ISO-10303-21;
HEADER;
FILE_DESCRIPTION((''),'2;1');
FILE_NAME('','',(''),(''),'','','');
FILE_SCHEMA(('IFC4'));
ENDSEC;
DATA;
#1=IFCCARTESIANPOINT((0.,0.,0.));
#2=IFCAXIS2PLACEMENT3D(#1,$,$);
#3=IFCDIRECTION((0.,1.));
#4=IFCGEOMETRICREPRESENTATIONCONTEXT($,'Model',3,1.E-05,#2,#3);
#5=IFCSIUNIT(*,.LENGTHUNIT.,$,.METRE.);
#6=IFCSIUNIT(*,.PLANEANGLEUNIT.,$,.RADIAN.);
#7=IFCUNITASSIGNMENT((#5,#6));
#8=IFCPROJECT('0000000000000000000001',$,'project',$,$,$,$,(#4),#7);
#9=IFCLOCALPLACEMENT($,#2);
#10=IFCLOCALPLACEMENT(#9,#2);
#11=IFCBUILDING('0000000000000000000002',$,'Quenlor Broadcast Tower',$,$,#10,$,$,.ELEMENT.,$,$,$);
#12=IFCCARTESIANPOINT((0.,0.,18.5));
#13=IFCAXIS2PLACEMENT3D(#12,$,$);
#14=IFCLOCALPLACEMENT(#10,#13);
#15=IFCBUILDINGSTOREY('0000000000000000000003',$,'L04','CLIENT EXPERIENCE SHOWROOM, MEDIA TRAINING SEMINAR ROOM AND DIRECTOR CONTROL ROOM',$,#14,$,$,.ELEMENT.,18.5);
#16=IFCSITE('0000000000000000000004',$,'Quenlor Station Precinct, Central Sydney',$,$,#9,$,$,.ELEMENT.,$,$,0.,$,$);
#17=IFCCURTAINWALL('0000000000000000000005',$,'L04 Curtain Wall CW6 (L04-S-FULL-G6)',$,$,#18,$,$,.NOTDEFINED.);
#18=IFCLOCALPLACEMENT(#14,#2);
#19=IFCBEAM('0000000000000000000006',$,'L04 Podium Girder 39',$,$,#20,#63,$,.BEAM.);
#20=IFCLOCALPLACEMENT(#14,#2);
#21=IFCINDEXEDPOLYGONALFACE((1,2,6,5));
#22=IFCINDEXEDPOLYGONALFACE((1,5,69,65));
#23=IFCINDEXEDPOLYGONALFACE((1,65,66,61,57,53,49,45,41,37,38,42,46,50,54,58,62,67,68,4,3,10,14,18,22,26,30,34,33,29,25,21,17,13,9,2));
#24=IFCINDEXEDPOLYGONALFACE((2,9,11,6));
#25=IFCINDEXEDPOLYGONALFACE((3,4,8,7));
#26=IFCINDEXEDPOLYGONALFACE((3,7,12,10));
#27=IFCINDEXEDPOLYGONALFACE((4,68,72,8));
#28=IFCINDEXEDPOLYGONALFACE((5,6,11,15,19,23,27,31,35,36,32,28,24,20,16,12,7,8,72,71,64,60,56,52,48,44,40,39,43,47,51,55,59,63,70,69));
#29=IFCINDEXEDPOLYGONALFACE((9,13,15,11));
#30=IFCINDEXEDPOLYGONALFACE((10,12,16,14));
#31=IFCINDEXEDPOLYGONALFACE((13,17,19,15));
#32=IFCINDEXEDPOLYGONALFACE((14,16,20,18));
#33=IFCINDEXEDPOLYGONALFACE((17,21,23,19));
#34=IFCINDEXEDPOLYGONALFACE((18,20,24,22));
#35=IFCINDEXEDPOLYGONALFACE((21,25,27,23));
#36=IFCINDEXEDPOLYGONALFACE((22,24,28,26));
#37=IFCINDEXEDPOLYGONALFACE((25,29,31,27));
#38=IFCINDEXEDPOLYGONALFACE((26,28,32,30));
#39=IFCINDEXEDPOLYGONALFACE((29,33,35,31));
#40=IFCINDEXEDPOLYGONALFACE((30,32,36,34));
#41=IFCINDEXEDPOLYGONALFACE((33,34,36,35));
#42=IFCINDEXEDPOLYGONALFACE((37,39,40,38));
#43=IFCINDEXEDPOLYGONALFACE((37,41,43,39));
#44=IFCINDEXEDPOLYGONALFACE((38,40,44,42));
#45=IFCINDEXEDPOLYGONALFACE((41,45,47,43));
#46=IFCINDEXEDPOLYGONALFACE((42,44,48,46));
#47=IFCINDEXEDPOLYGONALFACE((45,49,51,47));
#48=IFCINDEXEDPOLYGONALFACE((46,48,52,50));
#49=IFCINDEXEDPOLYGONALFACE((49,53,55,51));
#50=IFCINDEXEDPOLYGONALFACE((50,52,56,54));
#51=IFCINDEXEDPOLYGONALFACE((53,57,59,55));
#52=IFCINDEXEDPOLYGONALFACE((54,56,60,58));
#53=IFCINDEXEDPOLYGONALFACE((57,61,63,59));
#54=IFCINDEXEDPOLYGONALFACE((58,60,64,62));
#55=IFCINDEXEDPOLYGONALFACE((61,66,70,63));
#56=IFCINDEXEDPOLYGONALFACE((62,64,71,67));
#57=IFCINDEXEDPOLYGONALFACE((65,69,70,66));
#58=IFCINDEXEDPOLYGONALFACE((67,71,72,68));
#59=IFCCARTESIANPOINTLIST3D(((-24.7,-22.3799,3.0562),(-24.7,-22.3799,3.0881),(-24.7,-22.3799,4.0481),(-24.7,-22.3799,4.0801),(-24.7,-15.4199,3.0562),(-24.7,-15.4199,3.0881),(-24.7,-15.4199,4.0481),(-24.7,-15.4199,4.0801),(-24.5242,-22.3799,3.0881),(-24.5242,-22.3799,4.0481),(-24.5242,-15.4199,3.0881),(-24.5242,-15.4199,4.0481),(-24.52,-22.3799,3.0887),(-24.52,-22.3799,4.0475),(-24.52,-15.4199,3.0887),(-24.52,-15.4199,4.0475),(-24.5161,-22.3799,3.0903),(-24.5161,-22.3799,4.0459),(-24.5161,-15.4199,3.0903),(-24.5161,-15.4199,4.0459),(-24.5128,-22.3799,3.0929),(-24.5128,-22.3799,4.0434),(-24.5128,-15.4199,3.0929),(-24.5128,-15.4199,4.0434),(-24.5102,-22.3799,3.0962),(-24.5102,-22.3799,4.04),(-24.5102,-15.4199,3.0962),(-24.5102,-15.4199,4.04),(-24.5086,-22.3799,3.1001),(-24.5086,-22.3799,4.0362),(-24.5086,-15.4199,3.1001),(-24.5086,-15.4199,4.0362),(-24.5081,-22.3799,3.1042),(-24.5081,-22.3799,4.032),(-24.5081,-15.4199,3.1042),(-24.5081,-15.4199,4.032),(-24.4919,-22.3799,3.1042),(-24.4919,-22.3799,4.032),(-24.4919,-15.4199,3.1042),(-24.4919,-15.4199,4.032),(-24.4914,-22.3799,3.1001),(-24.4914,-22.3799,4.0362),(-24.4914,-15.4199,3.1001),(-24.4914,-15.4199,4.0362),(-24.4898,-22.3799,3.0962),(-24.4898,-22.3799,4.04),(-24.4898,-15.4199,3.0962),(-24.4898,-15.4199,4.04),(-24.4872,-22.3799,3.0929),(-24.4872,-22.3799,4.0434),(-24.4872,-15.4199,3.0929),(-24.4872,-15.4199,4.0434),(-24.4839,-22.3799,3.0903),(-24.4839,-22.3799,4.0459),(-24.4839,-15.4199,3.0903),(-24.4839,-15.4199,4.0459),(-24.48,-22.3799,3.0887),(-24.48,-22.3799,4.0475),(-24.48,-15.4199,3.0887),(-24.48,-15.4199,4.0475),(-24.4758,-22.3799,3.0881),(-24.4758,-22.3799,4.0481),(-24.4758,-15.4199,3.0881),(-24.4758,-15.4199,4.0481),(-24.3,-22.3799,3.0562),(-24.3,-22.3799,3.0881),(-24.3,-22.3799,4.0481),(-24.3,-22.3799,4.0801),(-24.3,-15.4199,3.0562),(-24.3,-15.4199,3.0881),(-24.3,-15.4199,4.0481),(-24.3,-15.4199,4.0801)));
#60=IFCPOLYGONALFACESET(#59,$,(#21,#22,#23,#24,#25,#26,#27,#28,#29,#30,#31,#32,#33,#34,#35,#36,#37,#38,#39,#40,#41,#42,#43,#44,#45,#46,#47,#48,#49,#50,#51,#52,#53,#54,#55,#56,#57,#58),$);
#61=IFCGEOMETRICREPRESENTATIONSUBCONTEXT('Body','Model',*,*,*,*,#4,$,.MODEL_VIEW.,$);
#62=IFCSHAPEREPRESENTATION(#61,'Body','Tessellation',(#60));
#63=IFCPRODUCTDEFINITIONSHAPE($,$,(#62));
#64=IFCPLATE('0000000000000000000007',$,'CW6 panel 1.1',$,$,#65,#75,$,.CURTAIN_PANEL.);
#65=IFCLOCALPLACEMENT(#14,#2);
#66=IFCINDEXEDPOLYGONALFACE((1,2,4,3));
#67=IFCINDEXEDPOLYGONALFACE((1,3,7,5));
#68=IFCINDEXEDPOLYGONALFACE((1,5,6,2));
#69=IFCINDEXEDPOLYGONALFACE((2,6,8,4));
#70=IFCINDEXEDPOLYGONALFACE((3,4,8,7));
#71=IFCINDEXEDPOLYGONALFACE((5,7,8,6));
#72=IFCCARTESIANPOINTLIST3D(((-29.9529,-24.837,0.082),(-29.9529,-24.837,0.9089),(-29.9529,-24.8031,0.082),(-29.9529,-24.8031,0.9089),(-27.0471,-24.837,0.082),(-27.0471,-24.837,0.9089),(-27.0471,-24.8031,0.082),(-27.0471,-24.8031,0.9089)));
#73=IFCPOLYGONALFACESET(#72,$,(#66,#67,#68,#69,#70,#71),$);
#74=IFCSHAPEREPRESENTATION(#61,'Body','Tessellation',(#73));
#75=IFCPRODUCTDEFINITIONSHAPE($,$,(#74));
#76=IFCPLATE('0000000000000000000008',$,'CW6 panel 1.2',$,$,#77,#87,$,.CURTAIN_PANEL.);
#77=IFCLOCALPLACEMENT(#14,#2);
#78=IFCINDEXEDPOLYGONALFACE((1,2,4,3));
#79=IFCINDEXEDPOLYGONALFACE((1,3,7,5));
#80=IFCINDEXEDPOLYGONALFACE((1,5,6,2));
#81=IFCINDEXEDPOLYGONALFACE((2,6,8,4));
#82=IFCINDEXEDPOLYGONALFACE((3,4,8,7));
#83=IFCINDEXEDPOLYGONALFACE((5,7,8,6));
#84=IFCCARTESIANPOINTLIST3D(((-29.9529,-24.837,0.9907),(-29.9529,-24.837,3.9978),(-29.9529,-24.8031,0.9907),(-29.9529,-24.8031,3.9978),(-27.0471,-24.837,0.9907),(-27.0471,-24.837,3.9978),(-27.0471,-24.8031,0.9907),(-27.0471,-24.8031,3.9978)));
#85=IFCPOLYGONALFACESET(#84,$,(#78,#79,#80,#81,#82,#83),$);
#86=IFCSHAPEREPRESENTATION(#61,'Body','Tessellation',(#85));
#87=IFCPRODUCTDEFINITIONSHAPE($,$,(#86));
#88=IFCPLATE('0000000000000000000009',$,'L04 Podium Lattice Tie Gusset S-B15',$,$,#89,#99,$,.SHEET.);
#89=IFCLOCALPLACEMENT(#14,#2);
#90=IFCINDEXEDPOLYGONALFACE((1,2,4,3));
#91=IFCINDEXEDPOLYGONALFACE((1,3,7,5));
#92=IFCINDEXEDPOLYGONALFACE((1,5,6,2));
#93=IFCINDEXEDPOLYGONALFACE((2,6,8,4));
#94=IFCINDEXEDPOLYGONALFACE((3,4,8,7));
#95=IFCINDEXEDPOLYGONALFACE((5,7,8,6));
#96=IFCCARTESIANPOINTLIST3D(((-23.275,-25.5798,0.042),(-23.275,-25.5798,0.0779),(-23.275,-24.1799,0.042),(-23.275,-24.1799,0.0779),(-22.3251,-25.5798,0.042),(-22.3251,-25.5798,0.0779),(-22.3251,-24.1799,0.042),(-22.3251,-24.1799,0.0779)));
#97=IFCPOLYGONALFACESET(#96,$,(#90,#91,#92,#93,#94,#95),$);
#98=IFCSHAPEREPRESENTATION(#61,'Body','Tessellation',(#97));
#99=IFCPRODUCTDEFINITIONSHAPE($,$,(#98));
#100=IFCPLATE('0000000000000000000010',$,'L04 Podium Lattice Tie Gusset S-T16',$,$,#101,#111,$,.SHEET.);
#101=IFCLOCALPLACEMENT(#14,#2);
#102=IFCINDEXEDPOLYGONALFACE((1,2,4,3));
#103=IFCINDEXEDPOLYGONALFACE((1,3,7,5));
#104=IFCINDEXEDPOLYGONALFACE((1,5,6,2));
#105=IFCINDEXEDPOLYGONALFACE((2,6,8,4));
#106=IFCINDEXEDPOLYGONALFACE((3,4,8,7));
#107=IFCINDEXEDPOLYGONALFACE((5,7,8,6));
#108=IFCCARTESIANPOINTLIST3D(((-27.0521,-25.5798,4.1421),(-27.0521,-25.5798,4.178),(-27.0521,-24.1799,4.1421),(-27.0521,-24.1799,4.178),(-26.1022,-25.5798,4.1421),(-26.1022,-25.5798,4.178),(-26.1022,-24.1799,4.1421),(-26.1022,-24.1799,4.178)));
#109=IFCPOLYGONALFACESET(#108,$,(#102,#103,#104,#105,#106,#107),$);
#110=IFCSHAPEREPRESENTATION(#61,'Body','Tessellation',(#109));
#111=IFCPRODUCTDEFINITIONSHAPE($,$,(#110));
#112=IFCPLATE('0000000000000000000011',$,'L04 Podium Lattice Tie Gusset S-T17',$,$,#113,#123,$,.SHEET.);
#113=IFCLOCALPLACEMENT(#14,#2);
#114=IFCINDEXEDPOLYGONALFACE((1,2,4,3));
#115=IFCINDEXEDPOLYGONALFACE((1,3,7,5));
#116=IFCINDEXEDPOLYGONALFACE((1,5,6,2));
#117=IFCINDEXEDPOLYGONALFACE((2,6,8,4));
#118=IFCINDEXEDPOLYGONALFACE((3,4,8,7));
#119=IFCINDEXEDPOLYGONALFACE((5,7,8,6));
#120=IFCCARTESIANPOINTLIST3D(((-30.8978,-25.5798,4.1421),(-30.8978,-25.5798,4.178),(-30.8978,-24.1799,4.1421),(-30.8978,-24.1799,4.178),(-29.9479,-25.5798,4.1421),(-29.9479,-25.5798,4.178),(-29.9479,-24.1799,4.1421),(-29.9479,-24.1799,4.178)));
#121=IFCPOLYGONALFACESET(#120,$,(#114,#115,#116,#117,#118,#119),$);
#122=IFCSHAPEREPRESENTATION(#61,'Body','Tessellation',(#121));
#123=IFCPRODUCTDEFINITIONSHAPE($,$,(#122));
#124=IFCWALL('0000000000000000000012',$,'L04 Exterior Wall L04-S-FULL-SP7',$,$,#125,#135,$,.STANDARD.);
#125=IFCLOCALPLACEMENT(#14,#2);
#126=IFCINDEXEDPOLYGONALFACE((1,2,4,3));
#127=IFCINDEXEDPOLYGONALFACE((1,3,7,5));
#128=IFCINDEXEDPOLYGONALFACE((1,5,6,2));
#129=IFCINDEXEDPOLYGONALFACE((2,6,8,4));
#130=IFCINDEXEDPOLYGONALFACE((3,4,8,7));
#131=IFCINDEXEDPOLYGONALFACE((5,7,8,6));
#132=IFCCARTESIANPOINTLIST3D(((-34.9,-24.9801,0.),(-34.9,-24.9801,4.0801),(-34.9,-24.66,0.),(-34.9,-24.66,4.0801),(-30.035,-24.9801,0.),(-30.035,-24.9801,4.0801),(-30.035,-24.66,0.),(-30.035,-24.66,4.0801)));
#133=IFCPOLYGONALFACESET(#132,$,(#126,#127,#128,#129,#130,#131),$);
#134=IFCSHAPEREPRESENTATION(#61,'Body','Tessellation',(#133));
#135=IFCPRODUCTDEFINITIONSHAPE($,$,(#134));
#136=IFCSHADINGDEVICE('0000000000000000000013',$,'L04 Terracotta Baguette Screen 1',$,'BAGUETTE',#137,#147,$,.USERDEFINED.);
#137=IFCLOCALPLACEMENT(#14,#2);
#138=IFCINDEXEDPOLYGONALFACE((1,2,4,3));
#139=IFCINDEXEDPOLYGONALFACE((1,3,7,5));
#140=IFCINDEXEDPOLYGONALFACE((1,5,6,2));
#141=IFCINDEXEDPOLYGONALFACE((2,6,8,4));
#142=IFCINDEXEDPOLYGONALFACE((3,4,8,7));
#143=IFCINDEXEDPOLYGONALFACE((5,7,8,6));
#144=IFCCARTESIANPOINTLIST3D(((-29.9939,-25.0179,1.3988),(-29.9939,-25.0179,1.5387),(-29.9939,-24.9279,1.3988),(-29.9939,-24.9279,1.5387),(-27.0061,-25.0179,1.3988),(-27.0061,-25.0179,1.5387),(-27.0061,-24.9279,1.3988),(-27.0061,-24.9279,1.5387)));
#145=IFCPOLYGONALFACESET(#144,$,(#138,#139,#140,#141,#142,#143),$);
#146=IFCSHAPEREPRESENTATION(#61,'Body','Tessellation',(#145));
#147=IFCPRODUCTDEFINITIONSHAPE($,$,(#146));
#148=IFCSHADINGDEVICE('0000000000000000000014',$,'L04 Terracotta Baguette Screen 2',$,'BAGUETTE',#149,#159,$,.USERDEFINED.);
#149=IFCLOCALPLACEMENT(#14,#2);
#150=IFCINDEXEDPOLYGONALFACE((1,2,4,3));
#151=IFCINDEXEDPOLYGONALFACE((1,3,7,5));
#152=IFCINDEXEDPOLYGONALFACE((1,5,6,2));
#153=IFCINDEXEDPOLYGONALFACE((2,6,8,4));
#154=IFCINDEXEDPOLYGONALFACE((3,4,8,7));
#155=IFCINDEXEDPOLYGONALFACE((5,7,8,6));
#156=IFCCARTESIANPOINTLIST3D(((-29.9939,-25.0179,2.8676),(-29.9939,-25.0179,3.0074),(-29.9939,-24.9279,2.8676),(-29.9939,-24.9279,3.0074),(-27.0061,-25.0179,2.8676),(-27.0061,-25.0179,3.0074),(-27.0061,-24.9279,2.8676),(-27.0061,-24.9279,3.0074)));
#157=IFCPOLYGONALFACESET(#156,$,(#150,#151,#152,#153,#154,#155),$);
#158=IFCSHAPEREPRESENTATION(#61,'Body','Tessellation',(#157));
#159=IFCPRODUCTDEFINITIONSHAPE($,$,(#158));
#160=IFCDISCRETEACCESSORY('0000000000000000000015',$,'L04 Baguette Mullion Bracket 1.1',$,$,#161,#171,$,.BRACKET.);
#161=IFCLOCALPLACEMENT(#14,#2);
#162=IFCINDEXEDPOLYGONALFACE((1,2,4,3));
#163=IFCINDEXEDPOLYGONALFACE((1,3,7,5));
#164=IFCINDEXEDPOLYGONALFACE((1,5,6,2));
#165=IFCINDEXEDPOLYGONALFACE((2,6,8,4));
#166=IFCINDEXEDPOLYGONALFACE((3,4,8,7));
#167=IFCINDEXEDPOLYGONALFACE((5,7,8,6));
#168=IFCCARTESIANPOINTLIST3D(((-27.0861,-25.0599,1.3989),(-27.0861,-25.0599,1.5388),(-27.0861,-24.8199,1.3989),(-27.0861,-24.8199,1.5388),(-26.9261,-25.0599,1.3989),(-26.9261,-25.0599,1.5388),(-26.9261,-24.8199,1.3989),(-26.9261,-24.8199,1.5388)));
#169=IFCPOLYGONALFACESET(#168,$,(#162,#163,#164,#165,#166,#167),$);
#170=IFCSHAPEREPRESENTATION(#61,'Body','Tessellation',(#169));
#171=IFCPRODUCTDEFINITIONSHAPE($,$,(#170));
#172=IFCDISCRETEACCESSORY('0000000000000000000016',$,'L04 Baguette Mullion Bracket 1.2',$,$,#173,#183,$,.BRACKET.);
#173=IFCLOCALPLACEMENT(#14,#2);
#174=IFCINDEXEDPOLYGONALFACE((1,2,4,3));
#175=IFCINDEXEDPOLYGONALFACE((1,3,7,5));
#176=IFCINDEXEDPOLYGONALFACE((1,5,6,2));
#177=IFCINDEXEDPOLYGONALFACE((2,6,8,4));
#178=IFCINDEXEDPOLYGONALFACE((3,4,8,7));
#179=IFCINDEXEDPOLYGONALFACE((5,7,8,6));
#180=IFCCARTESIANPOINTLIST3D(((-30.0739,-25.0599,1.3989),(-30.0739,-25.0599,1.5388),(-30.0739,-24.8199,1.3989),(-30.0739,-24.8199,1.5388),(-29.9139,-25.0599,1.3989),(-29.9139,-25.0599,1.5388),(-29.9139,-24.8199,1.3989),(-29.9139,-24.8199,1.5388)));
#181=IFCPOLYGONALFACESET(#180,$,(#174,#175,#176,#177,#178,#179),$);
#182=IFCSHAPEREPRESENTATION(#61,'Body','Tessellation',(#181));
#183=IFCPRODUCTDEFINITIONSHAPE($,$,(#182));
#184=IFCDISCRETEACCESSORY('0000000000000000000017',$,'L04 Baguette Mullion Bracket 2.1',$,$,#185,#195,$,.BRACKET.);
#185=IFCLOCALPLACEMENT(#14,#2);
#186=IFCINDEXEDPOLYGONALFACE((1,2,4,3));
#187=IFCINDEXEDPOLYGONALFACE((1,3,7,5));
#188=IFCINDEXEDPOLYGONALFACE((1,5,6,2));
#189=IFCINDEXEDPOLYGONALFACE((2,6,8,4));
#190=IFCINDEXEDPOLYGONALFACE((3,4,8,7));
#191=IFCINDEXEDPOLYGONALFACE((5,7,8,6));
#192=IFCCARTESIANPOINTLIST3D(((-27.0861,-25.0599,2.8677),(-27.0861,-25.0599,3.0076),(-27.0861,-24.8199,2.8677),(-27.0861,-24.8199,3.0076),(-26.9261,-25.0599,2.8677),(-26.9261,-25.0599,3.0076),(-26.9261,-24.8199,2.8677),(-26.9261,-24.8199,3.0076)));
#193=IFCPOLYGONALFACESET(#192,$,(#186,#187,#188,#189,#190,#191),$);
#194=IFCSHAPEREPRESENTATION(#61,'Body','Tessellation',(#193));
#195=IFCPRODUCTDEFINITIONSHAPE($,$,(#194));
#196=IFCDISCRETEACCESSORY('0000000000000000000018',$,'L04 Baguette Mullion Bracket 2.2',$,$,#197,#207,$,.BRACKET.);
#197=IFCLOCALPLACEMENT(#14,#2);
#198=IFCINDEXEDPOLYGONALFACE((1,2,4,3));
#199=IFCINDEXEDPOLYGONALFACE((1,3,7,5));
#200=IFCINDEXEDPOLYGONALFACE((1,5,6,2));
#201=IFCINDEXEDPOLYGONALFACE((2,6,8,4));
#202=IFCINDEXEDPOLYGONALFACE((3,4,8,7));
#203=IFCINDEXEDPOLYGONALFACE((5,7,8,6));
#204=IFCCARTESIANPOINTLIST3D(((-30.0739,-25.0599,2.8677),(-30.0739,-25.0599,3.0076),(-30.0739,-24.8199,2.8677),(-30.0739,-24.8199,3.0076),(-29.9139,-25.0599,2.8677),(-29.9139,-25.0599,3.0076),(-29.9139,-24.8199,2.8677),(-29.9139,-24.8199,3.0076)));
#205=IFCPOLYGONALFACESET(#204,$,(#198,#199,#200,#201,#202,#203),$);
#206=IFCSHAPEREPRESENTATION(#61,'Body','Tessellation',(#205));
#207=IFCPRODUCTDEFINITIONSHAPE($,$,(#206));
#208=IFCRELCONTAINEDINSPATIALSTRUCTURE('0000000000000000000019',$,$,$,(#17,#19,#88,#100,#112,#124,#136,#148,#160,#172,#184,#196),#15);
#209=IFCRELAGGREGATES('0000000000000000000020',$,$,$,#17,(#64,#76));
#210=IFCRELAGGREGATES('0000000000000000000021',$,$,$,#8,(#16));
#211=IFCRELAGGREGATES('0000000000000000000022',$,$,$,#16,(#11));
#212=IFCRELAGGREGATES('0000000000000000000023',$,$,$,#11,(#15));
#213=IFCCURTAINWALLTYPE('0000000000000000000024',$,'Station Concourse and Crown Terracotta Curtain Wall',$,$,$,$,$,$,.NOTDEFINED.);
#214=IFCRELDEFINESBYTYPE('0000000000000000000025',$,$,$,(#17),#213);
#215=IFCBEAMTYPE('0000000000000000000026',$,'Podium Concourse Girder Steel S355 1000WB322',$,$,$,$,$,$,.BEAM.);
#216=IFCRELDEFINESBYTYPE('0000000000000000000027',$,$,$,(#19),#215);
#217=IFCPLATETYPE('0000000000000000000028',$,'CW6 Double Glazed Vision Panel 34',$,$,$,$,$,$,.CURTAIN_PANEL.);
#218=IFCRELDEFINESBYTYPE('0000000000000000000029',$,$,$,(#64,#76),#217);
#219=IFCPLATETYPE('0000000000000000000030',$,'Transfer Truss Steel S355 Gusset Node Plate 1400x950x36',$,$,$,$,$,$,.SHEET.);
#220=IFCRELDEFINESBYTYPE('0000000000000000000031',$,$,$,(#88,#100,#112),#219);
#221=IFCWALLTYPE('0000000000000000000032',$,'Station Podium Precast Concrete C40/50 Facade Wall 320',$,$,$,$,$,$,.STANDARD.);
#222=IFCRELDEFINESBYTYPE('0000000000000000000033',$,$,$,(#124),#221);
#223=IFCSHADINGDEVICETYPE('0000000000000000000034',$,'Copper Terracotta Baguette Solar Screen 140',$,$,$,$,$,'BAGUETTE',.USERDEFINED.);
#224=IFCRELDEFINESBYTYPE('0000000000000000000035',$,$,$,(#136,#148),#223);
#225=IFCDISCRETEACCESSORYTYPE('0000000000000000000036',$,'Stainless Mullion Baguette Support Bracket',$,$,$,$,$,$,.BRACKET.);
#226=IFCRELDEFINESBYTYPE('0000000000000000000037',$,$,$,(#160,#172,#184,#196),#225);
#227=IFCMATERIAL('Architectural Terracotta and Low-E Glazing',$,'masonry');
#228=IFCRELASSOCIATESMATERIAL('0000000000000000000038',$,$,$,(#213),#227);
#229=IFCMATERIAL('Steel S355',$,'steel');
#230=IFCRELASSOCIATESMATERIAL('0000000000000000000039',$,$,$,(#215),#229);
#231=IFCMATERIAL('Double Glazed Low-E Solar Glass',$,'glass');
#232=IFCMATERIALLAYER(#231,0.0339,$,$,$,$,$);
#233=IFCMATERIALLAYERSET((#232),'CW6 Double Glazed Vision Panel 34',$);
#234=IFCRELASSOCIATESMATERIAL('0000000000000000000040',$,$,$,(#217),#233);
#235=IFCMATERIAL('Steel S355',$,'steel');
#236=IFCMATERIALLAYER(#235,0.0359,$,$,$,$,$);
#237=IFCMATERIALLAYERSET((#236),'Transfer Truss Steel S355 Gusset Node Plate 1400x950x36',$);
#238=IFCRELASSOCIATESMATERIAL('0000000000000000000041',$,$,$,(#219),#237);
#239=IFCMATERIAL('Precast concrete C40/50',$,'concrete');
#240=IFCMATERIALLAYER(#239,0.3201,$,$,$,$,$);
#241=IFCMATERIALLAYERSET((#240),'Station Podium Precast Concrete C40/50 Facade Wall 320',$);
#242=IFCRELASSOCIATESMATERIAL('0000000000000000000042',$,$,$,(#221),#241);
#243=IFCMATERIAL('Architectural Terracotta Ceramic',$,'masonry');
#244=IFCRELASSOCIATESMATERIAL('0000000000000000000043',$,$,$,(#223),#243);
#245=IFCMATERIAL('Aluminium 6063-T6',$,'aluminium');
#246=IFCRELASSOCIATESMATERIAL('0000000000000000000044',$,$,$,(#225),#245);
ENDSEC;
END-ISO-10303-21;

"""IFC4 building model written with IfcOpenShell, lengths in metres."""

from ifc_helpers import new_model, si_unit, direction, frame, frame_2d, origin, origin_2d, place, context, subcontext, project, spatial, rectangle, i_section, extrude, material, layer, layer_set, material_profile, profile_set, type_object, element, aggregate, save


model = new_model("IFC4")

# Units and contexts
model_context = context("Model", 3, precision=1e-05, world=origin(), true_north=direction((0.0, 1.0)))
body_context = subcontext(model_context, "Body", "Model", "MODEL_VIEW")
ifc_project = project(units=[si_unit("LENGTHUNIT", "METRE"), si_unit("PLANEANGLEUNIT", "RADIAN")], contexts=[model_context])

# Site, building, storey
site_placement = place(None, origin())
site = spatial("IfcSite", under=ifc_project, at=site_placement, Name="Quenlor Station Precinct, Central Sydney", CompositionType="ELEMENT", RefElevation=0.0)
building_placement = place(site_placement, origin())
building = spatial("IfcBuilding", under=site, at=building_placement, Name="Quenlor Broadcast Tower", CompositionType="ELEMENT")
storey_placement = place(building_placement, frame((0.0, 0.0, 18.5)))
storey = spatial("IfcBuildingStorey", under=building, at=storey_placement, Name="L04", Description="CLIENT EXPERIENCE SHOWROOM, MEDIA TRAINING SEMINAR ROOM AND DIRECTOR CONTROL ROOM", CompositionType="ELEMENT", Elevation=18.5)

# Curtain wall
ifc_material_1 = material(Name="Architectural Terracotta and Low-E Glazing", Category="masonry")
curtain_wall_type = type_object("IfcCurtainWallType", Name="Station Concourse and Crown Terracotta Curtain Wall", PredefinedType="NOTDEFINED", material=ifc_material_1)
curtain_wall_placement = place(storey_placement, origin())
curtain_wall = element("IfcCurtainWall", 1, at=curtain_wall_placement, inside=storey, type_object=curtain_wall_type, Name="L04 Curtain Wall CW6 (L04-S-FULL-G6)", PredefinedType="NOTDEFINED")

# Beam
ifc_material_2 = material(Name="Steel S355", Category="steel")
ifc_material_profile_1 = material_profile(ifc_material_2, i_section(OverallWidth=0.3999, OverallDepth=1.0239, WebThickness=0.0161, FlangeThickness=0.032, FilletRadius=0.0161, at=origin_2d()))
ifc_profile_set_1 = profile_set([ifc_material_profile_1], Name="Steel S355 1000WB322")
beam_type = type_object("IfcBeamType", Name="Podium Concourse Girder Steel S355 1000WB322", PredefinedType="BEAM", material=ifc_profile_set_1)
beam_1_placement = place(storey_placement, frame((-24.5, -22.3799, 3.5681), z_axis=(0.0, 1.0, 0.0), x_axis=(-1.0, 0.0, 0.0)))
element("IfcBeam", 2, at=beam_1_placement, inside=storey, type_object=beam_type, Name="L04 Podium Girder 39", PredefinedType="BEAM", context=body_context, shape_type="SweptSolid", body=[
    extrude(i_section(OverallWidth=0.3999, OverallDepth=1.0239, WebThickness=0.0161, FlangeThickness=0.032, FilletRadius=0.0161, at=origin_2d()), origin(), (0.0, 0.0, 1.0), 6.96),
])

# Plates
ifc_material_3 = material(Name="Double Glazed Low-E Solar Glass", Category="glass")
ifc_layer_1 = layer(ifc_material_3, 0.0339)
ifc_layer_set_1 = layer_set([ifc_layer_1], Name="CW6 Double Glazed Vision Panel 34")
plate_type_1 = type_object("IfcPlateType", Name="CW6 Double Glazed Vision Panel 34", PredefinedType="CURTAIN_PANEL", material=ifc_layer_set_1)
plate_1_placement = place(storey_placement, frame((-28.5, -24.8201, 0.082), z_axis=(0.0, 0.0, 1.0), x_axis=(-1.0, 0.0, 0.0)))
plate_1 = element("IfcPlate", 3, at=plate_1_placement, type_object=plate_type_1, Name="CW6 panel 1.1", PredefinedType="CURTAIN_PANEL", context=body_context, shape_type="SweptSolid", body=[
    extrude(rectangle(XDim=2.9058, YDim=0.0339, at=origin_2d()), origin(), (0.0, 0.0, 1.0), 0.8269),
])
plate_2_placement = place(storey_placement, frame((-28.5, -24.8201, 0.9907), z_axis=(0.0, 0.0, 1.0), x_axis=(-1.0, 0.0, 0.0)))
plate_2 = element("IfcPlate", 4, at=plate_2_placement, type_object=plate_type_1, Name="CW6 panel 1.2", PredefinedType="CURTAIN_PANEL", context=body_context, shape_type="SweptSolid", body=[
    extrude(rectangle(XDim=2.9058, YDim=0.0339, at=origin_2d()), origin(), (0.0, 0.0, 1.0), 3.0071),
])
aggregate(curtain_wall, [plate_1, plate_2])

# Plates
ifc_material_4 = material(Name="Steel S355", Category="steel")
ifc_layer_2 = layer(ifc_material_4, 0.0359)
ifc_layer_set_2 = layer_set([ifc_layer_2], Name="Transfer Truss Steel S355 Gusset Node Plate 1400x950x36")
plate_type_2 = type_object("IfcPlateType", Name="Transfer Truss Steel S355 Gusset Node Plate 1400x950x36", PredefinedType="SHEET", material=ifc_layer_set_2)
for number, where, z_axis, x_axis, name in (
    (5, (-22.8, -24.8799, 0.042), (0.0, 0.0, 1.0), (0.0, -1.0, 0.0), "L04 Podium Lattice Tie Gusset S-B15"),
    (6, (-26.5771, -24.8799, 4.1421), (0.0, 0.0, 1.0), (0.0, -1.0, 0.0), "L04 Podium Lattice Tie Gusset S-T16"),
    (7, (-30.4229, -24.8799, 4.1421), (0.0, 0.0, 1.0), (0.0, -1.0, 0.0), "L04 Podium Lattice Tie Gusset S-T17"),
):
    element("IfcPlate", number, at=place(storey_placement, frame(where, z_axis=z_axis, x_axis=x_axis)), inside=storey, type_object=plate_type_2, Name=name, PredefinedType="SHEET", context=body_context, shape_type="SweptSolid", body=[
        extrude(rectangle(XDim=1.3999, YDim=0.95, at=origin_2d()), origin(), (0.0, 0.0, 1.0), 0.0359),
    ])

# Wall
ifc_material_5 = material(Name="Precast concrete C40/50", Category="concrete")
ifc_layer_3 = layer(ifc_material_5, 0.3201)
ifc_layer_set_3 = layer_set([ifc_layer_3], Name="Station Podium Precast Concrete C40/50 Facade Wall 320")
wall_type = type_object("IfcWallType", Name="Station Podium Precast Concrete C40/50 Facade Wall 320", PredefinedType="STANDARD", material=ifc_layer_set_3)
wall_placement = place(storey_placement, frame((-30.0349, -24.8201, 0.0), z_axis=(0.0, 0.0, 1.0), x_axis=(-1.0, 0.0, 0.0)))
element("IfcWall", 8, at=wall_placement, inside=storey, type_object=wall_type, Name="L04 Exterior Wall L04-S-FULL-SP7", PredefinedType="STANDARD", context=body_context, shape_type="SweptSolid", body=[
    extrude(rectangle(XDim=4.865, YDim=0.3201, at=frame_2d((2.4326, 0.0))), origin(), (0.0, 0.0, 1.0), 4.0801),
])

# Shading devices
ifc_material_6 = material(Name="Architectural Terracotta Ceramic", Category="masonry")
ifc_material_profile_2 = material_profile(ifc_material_6, rectangle(XDim=0.0901, YDim=0.1399, at=origin_2d()))
ifc_profile_set_2 = profile_set([ifc_material_profile_2], Name="Architectural Terracotta Ceramic BAG90x140")
shading_device_type = type_object("IfcShadingDeviceType", Name="Copper Terracotta Baguette Solar Screen 140", ElementType="BAGUETTE", PredefinedType="USERDEFINED", material=ifc_profile_set_2)
for number, where, z_axis, x_axis, name in (
    (9, (-27.0061, -24.9729, 1.4688), (-1.0, 0.0, 0.0), (0.0, -1.0, 0.0), "L04 Terracotta Baguette Screen 1"),
    (10, (-27.0061, -24.9729, 2.9375), (-1.0, 0.0, 0.0), (0.0, -1.0, 0.0), "L04 Terracotta Baguette Screen 2"),
):
    element("IfcShadingDevice", number, at=place(storey_placement, frame(where, z_axis=z_axis, x_axis=x_axis)), inside=storey, type_object=shading_device_type, Name=name, ObjectType="BAGUETTE", PredefinedType="USERDEFINED", context=body_context, shape_type="SweptSolid", body=[
        extrude(rectangle(XDim=0.0901, YDim=0.1399, at=origin_2d()), origin(), (0.0, 0.0, 1.0), 2.9878),
    ])

# Discrete accessories
ifc_material_7 = material(Name="Aluminium 6063-T6", Category="aluminium")
discrete_accessory_type = type_object("IfcDiscreteAccessoryType", Name="Stainless Mullion Baguette Support Bracket", PredefinedType="BRACKET", material=ifc_material_7)
for number, where, z_axis, x_axis, name in (
    (11, (-27.0061, -24.9399, 1.3989), (0.0, 0.0, 1.0), (-1.0, 0.0, 0.0), "L04 Baguette Mullion Bracket 1.1"),
    (12, (-29.9939, -24.9399, 1.3989), (0.0, 0.0, 1.0), (-1.0, 0.0, 0.0), "L04 Baguette Mullion Bracket 1.2"),
    (13, (-27.0061, -24.9399, 2.8677), (0.0, 0.0, 1.0), (-1.0, 0.0, 0.0), "L04 Baguette Mullion Bracket 2.1"),
    (14, (-29.9939, -24.9399, 2.8677), (0.0, 0.0, 1.0), (-1.0, 0.0, 0.0), "L04 Baguette Mullion Bracket 2.2"),
):
    element("IfcDiscreteAccessory", number, at=place(storey_placement, frame(where, z_axis=z_axis, x_axis=x_axis)), inside=storey, type_object=discrete_accessory_type, Name=name, PredefinedType="BRACKET", context=body_context, shape_type="SweptSolid", body=[
        extrude(rectangle(XDim=0.1599, YDim=0.24, at=origin_2d()), origin(), (0.0, 0.0, 1.0), 0.1399),
    ])

save(model, "model.ifc")
